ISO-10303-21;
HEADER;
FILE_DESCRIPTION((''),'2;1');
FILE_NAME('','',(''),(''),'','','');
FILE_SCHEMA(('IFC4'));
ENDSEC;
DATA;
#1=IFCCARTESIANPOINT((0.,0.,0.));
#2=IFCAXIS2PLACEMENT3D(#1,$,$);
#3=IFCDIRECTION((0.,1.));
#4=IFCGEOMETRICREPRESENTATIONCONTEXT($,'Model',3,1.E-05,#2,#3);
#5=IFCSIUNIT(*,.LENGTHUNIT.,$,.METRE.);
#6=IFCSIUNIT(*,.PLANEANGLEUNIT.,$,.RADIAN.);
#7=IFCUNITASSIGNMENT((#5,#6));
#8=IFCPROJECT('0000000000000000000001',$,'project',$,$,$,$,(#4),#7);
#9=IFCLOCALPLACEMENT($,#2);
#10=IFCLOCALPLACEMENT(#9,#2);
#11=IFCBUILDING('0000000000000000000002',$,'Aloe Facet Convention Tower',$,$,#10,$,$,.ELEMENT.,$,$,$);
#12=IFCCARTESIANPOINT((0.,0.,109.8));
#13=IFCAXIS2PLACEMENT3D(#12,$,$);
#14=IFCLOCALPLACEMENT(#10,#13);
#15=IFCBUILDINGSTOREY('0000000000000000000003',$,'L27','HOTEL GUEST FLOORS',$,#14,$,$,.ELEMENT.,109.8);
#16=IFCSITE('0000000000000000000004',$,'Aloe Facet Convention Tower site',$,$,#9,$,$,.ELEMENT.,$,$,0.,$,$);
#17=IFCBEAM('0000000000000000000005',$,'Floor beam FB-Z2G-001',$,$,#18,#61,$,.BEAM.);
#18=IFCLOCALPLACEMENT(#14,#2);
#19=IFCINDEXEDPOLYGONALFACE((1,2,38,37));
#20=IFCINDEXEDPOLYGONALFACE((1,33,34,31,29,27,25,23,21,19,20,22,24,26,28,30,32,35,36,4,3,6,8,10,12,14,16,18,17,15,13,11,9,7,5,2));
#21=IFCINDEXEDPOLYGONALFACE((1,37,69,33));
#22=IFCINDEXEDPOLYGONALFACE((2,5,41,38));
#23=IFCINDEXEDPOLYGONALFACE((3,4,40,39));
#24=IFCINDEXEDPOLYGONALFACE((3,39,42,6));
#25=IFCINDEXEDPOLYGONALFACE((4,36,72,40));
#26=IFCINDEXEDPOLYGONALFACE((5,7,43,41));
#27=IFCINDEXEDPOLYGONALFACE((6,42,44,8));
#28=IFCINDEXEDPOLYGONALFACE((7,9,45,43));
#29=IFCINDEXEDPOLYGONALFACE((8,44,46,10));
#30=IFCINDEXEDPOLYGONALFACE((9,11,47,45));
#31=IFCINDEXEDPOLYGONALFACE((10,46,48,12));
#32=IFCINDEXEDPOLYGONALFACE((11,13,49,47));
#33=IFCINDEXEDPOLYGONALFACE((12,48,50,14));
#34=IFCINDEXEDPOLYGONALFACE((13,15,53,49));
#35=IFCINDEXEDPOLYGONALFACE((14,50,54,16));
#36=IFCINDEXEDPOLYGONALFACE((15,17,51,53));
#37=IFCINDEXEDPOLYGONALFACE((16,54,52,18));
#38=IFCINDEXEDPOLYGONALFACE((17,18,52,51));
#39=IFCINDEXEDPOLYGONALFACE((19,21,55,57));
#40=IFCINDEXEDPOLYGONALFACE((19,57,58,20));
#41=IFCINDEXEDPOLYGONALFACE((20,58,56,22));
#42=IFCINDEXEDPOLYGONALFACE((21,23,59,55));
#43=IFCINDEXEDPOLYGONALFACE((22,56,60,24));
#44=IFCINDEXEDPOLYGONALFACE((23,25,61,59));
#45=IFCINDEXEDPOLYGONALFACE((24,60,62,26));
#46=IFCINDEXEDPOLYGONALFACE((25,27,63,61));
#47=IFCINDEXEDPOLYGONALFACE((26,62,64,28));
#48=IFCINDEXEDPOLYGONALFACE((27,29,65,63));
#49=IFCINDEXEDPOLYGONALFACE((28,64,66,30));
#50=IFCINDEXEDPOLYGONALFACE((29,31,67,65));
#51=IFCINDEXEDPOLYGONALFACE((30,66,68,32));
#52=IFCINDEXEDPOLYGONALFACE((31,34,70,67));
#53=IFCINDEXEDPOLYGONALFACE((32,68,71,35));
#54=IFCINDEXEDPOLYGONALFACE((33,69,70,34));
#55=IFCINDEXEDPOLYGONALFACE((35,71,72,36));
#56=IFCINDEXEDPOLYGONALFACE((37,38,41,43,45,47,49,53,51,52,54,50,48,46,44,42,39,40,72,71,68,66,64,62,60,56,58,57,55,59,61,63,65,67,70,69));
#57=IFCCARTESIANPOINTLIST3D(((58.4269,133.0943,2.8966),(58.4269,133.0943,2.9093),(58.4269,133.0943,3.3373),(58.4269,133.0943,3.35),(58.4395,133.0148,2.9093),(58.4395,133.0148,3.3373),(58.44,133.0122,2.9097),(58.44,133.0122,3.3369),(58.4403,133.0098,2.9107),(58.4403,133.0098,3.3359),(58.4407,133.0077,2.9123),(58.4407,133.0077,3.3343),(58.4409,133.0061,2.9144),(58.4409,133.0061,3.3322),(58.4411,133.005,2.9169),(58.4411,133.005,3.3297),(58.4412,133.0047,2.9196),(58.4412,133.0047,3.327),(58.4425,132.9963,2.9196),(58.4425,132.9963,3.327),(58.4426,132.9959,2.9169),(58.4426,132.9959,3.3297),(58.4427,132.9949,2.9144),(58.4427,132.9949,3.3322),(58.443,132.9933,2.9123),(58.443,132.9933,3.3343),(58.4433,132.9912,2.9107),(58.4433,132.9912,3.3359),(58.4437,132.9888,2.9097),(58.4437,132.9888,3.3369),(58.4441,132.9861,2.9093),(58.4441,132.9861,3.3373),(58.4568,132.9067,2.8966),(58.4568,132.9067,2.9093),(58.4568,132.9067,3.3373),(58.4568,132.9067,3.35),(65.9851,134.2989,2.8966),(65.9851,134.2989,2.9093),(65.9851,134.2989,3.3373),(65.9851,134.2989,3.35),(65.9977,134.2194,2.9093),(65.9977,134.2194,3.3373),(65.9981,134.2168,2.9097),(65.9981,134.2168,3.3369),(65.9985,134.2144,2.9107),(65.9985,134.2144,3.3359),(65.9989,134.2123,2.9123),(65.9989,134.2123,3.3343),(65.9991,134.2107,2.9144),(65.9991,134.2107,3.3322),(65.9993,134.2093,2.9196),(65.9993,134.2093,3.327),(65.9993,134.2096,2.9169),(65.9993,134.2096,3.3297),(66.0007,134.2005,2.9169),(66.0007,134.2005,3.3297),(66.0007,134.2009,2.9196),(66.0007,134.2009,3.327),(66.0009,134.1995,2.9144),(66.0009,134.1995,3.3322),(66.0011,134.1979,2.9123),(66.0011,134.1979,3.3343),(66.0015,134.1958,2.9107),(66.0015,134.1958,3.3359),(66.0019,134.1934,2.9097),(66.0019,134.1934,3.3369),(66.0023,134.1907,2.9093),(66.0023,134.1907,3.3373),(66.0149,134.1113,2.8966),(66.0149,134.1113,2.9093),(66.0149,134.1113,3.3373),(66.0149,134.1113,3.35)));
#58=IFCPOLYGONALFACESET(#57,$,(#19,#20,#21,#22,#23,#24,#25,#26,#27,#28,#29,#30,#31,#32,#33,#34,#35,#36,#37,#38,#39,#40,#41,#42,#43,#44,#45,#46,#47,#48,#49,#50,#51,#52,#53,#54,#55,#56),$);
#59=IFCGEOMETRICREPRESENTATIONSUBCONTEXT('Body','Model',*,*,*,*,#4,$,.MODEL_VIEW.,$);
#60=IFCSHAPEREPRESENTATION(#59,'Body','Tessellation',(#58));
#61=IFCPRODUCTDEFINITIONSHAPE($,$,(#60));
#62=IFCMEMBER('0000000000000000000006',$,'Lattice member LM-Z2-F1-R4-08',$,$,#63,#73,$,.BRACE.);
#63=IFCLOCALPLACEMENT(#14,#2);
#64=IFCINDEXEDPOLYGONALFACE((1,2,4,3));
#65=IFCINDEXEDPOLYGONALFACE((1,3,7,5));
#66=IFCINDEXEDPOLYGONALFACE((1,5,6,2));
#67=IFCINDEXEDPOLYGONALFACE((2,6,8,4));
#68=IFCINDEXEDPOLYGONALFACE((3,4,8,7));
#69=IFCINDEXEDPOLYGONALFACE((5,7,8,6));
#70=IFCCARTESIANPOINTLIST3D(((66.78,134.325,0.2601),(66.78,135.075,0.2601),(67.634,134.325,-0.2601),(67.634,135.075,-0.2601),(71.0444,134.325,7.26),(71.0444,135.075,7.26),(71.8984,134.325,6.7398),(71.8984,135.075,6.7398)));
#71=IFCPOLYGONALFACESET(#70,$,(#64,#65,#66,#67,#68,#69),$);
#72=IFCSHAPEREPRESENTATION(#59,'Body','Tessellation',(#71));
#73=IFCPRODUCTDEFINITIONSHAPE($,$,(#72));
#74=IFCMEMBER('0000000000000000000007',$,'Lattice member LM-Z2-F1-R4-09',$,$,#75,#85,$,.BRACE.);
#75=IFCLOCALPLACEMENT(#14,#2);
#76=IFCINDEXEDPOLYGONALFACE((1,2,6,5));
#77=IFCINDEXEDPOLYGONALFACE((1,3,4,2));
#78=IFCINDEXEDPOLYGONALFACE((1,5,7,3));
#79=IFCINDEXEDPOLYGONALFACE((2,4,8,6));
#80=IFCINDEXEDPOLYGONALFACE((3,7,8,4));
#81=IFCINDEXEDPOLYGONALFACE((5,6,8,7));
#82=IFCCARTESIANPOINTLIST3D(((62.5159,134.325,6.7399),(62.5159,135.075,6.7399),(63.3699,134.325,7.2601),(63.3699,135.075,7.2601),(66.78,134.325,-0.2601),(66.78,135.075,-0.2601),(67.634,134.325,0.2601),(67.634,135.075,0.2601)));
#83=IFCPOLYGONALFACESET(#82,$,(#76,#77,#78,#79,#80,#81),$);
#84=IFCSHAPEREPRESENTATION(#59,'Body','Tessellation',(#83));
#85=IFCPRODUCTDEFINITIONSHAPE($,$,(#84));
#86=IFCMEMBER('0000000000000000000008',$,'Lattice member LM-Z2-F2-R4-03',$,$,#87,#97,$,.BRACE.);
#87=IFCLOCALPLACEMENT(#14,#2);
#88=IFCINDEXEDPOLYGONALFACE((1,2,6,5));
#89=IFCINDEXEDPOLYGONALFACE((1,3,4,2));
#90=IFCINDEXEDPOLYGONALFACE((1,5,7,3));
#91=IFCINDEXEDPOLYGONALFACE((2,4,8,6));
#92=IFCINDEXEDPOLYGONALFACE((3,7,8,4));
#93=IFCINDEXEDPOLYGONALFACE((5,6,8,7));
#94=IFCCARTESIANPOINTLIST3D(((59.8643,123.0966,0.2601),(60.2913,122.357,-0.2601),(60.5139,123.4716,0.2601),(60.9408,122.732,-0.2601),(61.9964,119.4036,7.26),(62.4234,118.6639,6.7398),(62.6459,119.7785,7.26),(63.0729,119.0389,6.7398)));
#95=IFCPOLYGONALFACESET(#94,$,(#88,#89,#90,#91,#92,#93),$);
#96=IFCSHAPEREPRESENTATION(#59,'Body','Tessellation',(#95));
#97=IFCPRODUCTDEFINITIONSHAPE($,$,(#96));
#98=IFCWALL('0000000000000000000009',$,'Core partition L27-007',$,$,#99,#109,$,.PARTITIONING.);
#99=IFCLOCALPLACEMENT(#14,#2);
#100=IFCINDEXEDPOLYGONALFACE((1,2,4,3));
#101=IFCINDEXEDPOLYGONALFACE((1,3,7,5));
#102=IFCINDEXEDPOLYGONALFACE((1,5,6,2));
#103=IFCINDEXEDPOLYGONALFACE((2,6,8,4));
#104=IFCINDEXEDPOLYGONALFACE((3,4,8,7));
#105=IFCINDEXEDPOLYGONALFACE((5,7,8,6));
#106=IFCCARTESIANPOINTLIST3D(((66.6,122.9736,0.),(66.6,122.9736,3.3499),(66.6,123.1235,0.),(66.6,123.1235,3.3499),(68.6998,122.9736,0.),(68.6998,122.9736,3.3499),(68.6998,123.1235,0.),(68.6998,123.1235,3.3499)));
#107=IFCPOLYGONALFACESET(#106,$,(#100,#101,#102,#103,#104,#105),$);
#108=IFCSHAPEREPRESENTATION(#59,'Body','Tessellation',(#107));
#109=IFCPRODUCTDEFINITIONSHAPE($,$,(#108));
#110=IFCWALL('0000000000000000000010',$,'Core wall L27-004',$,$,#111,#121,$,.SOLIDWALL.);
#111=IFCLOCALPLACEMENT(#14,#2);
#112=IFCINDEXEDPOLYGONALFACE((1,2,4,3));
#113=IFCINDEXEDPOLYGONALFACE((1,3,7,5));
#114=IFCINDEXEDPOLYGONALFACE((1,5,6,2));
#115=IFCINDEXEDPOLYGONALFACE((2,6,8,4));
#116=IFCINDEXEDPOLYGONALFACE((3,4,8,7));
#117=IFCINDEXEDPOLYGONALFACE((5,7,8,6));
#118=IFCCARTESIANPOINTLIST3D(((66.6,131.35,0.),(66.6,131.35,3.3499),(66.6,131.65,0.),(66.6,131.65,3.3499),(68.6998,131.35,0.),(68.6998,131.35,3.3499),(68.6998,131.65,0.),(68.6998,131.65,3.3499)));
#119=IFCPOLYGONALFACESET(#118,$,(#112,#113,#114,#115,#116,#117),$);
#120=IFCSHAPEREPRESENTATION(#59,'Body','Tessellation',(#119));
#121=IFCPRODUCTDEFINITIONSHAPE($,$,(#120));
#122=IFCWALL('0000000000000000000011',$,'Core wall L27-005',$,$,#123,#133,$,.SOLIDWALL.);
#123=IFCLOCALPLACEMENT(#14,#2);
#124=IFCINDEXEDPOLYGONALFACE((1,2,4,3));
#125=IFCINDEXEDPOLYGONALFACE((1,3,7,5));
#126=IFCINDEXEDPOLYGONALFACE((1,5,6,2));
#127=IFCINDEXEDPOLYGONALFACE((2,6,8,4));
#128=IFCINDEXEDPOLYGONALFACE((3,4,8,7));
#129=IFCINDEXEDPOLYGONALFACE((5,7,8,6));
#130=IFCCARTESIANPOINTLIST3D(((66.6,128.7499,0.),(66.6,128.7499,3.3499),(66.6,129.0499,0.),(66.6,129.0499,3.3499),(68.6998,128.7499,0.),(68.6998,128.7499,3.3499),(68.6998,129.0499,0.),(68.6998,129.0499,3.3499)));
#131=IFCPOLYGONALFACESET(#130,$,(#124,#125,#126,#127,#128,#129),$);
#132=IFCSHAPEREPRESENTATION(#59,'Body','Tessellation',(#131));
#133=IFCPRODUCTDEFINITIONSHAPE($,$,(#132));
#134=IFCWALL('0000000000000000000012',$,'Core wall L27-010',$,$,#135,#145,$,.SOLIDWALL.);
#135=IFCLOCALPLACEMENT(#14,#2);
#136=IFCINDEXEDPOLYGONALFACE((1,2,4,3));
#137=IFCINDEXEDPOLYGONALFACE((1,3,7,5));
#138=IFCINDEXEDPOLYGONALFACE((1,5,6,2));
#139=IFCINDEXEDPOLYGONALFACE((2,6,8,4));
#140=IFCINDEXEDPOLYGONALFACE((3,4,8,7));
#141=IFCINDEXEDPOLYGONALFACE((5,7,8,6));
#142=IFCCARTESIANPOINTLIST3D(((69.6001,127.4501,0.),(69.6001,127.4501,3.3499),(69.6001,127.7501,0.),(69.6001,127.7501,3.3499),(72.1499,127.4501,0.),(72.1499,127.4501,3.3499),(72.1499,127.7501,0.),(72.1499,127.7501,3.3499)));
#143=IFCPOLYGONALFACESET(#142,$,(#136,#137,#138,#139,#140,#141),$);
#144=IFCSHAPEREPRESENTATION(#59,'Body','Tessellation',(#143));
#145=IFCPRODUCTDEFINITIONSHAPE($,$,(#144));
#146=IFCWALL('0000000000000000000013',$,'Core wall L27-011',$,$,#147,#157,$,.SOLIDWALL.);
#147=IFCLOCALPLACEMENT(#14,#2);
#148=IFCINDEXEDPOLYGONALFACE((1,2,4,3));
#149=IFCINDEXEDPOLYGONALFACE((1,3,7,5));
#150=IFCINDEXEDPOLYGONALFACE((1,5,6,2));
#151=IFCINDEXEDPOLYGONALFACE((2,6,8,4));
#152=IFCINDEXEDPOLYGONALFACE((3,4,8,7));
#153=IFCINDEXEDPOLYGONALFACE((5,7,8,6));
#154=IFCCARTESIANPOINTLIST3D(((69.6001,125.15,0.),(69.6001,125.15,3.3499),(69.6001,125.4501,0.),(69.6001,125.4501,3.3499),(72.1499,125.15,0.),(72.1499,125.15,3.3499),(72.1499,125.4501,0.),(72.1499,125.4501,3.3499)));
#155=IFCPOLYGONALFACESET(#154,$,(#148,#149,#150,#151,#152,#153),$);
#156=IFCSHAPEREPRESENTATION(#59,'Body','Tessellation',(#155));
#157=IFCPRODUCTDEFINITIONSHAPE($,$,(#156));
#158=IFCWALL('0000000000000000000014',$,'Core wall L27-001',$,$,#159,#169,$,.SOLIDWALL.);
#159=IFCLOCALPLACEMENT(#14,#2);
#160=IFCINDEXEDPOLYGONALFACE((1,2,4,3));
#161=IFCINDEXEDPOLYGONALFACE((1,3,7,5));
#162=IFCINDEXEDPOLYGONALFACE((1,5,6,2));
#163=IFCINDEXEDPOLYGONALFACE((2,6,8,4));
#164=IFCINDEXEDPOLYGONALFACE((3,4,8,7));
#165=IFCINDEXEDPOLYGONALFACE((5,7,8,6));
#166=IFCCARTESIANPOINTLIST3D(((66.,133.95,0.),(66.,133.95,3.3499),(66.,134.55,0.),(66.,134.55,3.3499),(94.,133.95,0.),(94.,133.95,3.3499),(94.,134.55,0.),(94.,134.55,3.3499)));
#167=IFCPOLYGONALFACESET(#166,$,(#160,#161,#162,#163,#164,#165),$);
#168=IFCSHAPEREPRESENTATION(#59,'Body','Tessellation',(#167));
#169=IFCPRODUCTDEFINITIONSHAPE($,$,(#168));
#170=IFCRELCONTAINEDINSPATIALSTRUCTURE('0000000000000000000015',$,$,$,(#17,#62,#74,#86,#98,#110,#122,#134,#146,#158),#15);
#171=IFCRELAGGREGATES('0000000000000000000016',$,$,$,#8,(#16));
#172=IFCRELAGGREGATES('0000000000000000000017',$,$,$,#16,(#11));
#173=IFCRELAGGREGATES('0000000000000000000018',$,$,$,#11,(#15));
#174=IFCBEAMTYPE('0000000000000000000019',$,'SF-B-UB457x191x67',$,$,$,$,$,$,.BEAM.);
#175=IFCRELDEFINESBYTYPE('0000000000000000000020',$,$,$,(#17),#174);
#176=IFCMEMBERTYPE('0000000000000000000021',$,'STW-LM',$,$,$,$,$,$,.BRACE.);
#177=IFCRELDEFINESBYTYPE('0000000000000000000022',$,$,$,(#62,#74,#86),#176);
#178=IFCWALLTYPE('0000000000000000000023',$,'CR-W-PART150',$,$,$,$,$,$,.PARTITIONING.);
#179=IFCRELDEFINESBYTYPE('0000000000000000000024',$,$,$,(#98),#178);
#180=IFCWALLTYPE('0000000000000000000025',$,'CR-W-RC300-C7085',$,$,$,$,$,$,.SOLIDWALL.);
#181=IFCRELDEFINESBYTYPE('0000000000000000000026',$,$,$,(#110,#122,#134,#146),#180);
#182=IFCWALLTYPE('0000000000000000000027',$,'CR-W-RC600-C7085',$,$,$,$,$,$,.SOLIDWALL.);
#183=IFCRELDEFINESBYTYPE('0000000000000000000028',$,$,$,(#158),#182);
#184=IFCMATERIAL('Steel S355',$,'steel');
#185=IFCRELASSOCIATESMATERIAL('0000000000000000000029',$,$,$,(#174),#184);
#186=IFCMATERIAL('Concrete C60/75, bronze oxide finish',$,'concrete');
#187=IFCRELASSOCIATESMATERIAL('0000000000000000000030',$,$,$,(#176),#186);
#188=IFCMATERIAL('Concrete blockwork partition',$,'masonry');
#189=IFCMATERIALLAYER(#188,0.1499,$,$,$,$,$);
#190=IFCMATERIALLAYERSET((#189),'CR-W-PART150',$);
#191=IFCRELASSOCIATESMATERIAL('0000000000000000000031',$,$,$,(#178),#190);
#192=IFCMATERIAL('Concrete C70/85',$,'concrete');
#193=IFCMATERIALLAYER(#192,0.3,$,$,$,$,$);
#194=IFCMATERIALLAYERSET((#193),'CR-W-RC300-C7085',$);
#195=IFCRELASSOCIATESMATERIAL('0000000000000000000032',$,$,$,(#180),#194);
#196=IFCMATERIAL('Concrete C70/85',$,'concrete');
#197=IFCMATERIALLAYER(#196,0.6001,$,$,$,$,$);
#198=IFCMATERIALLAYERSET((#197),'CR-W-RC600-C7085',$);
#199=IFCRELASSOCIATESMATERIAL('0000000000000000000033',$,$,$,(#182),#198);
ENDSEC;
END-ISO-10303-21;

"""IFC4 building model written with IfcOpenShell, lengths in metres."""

from ifc_helpers import new_model, si_unit, direction, frame, frame_2d, origin, origin_2d, place, context, subcontext, project, spatial, rectangle, i_section, extrude, material, layer, layer_set, material_profile, profile_set, type_object, element, save


model = new_model("IFC4")

# Units and contexts
model_context = context("Model", 3, precision=1e-05, world=origin(), true_north=direction((0.0, 1.0)))
body_context = subcontext(model_context, "Body", "Model", "MODEL_VIEW")
ifc_project = project(units=[si_unit("LENGTHUNIT", "METRE"), si_unit("PLANEANGLEUNIT", "RADIAN")], contexts=[model_context])

# Site, building, storey
site_placement = place(None, origin())
site = spatial("IfcSite", under=ifc_project, at=site_placement, Name="Aloe Facet Convention Tower site", CompositionType="ELEMENT", RefElevation=0.0)
building_placement = place(site_placement, origin())
building = spatial("IfcBuilding", under=site, at=building_placement, Name="Aloe Facet Convention Tower", CompositionType="ELEMENT")
storey_placement = place(building_placement, frame((0.0, 0.0, 109.8)))
storey = spatial("IfcBuildingStorey", under=building, at=storey_placement, Name="L27", Description="HOTEL GUEST FLOORS", CompositionType="ELEMENT", Elevation=109.8)

# Beam
ifc_material_1 = material(Name="Steel S355", Category="steel")
ifc_material_profile_1 = material_profile(ifc_material_1, i_section(OverallWidth=0.1899, OverallDepth=0.4534, WebThickness=0.0085, FlangeThickness=0.0127, FilletRadius=0.0103, at=origin_2d()), Name="UB 457x191x67")
ifc_profile_set_1 = profile_set([ifc_material_profile_1], Name="Steel S355")
beam_type = type_object("IfcBeamType", Name="SF-B-UB457x191x67", PredefinedType="BEAM", material=ifc_profile_set_1)
beam_placement = place(storey_placement, frame((66.0, 134.2051, 3.1233), z_axis=(-0.987536, -0.157391, 0.0), x_axis=(0.157391, -0.987536, 0.0)))
element("IfcBeam", 1, at=beam_placement, inside=storey, type_object=beam_type, Name="Floor beam FB-Z2G-001", PredefinedType="BEAM", context=body_context, shape_type="SweptSolid", body=[
    extrude(i_section(OverallWidth=0.1899, OverallDepth=0.4534, WebThickness=0.0085, FlangeThickness=0.0127, FilletRadius=0.0103, at=origin_2d()), origin(), (0.0, 0.0, 1.0), 7.6536),
])

# Members
ifc_material_2 = material(Name="Concrete C60/75, bronze oxide finish", Category="concrete")
ifc_material_profile_2 = material_profile(ifc_material_2, rectangle(XDim=0.75, YDim=1.0, at=origin_2d()), Name="STW-LM")
ifc_profile_set_2 = profile_set([ifc_material_profile_2], Name="Concrete C60/75, bronze oxide finish")
member_type = type_object("IfcMemberType", Name="STW-LM", PredefinedType="BRACE", material=ifc_profile_set_2)
for number, where, z_axis, x_axis, name in (
    (2, (67.207, 134.7, 0.0), (0.520262, 0.0, 0.854007), (0.0, 1.0, 0.0), "Lattice member LM-Z2-F1-R4-08"),
    (3, (67.207, 134.7, 0.0), (-0.52024, 0.0, 0.85402), (0.0, -1.0, 0.0), "Lattice member LM-Z2-F1-R4-09"),
    (4, (60.4026, 122.9143, 0.0), (0.260116, -0.450565, 0.854009), (0.86604, 0.499975, 0.0), "Lattice member LM-Z2-F2-R4-03"),
):
    element("IfcMember", number, at=place(storey_placement, frame(where, z_axis=z_axis, x_axis=x_axis)), inside=storey, type_object=member_type, Name=name, PredefinedType="BRACE", context=body_context, shape_type="SweptSolid", body=[
        extrude(rectangle(XDim=0.75, YDim=1.0, at=origin_2d()), origin(), (0.0, 0.0, 1.0), 8.1965),
    ])

# Walls
ifc_material_3 = material(Name="Concrete blockwork partition", Category="masonry")
ifc_layer_1 = layer(ifc_material_3, 0.1499)
ifc_layer_set_1 = layer_set([ifc_layer_1], Name="CR-W-PART150")
wall_type_1 = type_object("IfcWallType", Name="CR-W-PART150", PredefinedType="PARTITIONING", material=ifc_layer_set_1)
wall_1_placement = place(storey_placement, frame((66.6001, 123.0486, 0.0), z_axis=(0.0, 0.0, 1.0), x_axis=(1.0, 0.0, 0.0)))
element("IfcWall", 5, at=wall_1_placement, inside=storey, type_object=wall_type_1, Name="Core partition L27-007", PredefinedType="PARTITIONING", context=body_context, shape_type="SweptSolid", body=[
    extrude(rectangle(XDim=2.0999, YDim=0.1499, at=frame_2d((1.0498, 0.0))), origin(), (0.0, 0.0, 1.0), 3.3499),
])
ifc_material_4 = material(Name="Concrete C70/85", Category="concrete")
ifc_layer_2 = layer(ifc_material_4, 0.3)
ifc_layer_set_2 = layer_set([ifc_layer_2], Name="CR-W-RC300-C7085")
wall_type_2 = type_object("IfcWallType", Name="CR-W-RC300-C7085", PredefinedType="SOLIDWALL", material=ifc_layer_set_2)
for number, where, z_axis, x_axis, name in (
    (6, (66.6001, 131.5, 0.0), (0.0, 0.0, 1.0), (1.0, 0.0, 0.0), "Core wall L27-004"),
    (7, (66.6001, 128.8999, 0.0), (0.0, 0.0, 1.0), (1.0, 0.0, 0.0), "Core wall L27-005"),
):
    element("IfcWall", number, at=place(storey_placement, frame(where, z_axis=z_axis, x_axis=x_axis)), inside=storey, type_object=wall_type_2, Name=name, PredefinedType="SOLIDWALL", context=body_context, shape_type="SweptSolid", body=[
        extrude(rectangle(XDim=2.0999, YDim=0.3, at=frame_2d((1.0498, 0.0))), origin(), (0.0, 0.0, 1.0), 3.3499),
    ])
for number, where, z_axis, x_axis, name in (
    (8, (69.6001, 127.6001, 0.0), (0.0, 0.0, 1.0), (1.0, 0.0, 0.0), "Core wall L27-010"),
    (9, (69.6001, 125.3, 0.0), (0.0, 0.0, 1.0), (1.0, 0.0, 0.0), "Core wall L27-011"),
):
    element("IfcWall", number, at=place(storey_placement, frame(where, z_axis=z_axis, x_axis=x_axis)), inside=storey, type_object=wall_type_2, Name=name, PredefinedType="SOLIDWALL", context=body_context, shape_type="SweptSolid", body=[
        extrude(rectangle(XDim=2.5498, YDim=0.3, at=frame_2d((1.2749, 0.0))), origin(), (0.0, 0.0, 1.0), 3.3499),
    ])
ifc_material_5 = material(Name="Concrete C70/85", Category="concrete")
ifc_layer_3 = layer(ifc_material_5, 0.6001)
ifc_layer_set_3 = layer_set([ifc_layer_3], Name="CR-W-RC600-C7085")
wall_type_3 = type_object("IfcWallType", Name="CR-W-RC600-C7085", PredefinedType="SOLIDWALL", material=ifc_layer_set_3)
wall_2_placement = place(storey_placement, frame((66.0, 134.25, 0.0), z_axis=(0.0, 0.0, 1.0), x_axis=(1.0, 0.0, 0.0)))
element("IfcWall", 10, at=wall_2_placement, inside=storey, type_object=wall_type_3, Name="Core wall L27-001", PredefinedType="SOLIDWALL", context=body_context, shape_type="SweptSolid", body=[
    extrude(rectangle(XDim=28.0, YDim=0.6001, at=frame_2d((14.0, 0.0))), origin(), (0.0, 0.0, 1.0), 3.3499),
])

save(model, "model.ifc")
